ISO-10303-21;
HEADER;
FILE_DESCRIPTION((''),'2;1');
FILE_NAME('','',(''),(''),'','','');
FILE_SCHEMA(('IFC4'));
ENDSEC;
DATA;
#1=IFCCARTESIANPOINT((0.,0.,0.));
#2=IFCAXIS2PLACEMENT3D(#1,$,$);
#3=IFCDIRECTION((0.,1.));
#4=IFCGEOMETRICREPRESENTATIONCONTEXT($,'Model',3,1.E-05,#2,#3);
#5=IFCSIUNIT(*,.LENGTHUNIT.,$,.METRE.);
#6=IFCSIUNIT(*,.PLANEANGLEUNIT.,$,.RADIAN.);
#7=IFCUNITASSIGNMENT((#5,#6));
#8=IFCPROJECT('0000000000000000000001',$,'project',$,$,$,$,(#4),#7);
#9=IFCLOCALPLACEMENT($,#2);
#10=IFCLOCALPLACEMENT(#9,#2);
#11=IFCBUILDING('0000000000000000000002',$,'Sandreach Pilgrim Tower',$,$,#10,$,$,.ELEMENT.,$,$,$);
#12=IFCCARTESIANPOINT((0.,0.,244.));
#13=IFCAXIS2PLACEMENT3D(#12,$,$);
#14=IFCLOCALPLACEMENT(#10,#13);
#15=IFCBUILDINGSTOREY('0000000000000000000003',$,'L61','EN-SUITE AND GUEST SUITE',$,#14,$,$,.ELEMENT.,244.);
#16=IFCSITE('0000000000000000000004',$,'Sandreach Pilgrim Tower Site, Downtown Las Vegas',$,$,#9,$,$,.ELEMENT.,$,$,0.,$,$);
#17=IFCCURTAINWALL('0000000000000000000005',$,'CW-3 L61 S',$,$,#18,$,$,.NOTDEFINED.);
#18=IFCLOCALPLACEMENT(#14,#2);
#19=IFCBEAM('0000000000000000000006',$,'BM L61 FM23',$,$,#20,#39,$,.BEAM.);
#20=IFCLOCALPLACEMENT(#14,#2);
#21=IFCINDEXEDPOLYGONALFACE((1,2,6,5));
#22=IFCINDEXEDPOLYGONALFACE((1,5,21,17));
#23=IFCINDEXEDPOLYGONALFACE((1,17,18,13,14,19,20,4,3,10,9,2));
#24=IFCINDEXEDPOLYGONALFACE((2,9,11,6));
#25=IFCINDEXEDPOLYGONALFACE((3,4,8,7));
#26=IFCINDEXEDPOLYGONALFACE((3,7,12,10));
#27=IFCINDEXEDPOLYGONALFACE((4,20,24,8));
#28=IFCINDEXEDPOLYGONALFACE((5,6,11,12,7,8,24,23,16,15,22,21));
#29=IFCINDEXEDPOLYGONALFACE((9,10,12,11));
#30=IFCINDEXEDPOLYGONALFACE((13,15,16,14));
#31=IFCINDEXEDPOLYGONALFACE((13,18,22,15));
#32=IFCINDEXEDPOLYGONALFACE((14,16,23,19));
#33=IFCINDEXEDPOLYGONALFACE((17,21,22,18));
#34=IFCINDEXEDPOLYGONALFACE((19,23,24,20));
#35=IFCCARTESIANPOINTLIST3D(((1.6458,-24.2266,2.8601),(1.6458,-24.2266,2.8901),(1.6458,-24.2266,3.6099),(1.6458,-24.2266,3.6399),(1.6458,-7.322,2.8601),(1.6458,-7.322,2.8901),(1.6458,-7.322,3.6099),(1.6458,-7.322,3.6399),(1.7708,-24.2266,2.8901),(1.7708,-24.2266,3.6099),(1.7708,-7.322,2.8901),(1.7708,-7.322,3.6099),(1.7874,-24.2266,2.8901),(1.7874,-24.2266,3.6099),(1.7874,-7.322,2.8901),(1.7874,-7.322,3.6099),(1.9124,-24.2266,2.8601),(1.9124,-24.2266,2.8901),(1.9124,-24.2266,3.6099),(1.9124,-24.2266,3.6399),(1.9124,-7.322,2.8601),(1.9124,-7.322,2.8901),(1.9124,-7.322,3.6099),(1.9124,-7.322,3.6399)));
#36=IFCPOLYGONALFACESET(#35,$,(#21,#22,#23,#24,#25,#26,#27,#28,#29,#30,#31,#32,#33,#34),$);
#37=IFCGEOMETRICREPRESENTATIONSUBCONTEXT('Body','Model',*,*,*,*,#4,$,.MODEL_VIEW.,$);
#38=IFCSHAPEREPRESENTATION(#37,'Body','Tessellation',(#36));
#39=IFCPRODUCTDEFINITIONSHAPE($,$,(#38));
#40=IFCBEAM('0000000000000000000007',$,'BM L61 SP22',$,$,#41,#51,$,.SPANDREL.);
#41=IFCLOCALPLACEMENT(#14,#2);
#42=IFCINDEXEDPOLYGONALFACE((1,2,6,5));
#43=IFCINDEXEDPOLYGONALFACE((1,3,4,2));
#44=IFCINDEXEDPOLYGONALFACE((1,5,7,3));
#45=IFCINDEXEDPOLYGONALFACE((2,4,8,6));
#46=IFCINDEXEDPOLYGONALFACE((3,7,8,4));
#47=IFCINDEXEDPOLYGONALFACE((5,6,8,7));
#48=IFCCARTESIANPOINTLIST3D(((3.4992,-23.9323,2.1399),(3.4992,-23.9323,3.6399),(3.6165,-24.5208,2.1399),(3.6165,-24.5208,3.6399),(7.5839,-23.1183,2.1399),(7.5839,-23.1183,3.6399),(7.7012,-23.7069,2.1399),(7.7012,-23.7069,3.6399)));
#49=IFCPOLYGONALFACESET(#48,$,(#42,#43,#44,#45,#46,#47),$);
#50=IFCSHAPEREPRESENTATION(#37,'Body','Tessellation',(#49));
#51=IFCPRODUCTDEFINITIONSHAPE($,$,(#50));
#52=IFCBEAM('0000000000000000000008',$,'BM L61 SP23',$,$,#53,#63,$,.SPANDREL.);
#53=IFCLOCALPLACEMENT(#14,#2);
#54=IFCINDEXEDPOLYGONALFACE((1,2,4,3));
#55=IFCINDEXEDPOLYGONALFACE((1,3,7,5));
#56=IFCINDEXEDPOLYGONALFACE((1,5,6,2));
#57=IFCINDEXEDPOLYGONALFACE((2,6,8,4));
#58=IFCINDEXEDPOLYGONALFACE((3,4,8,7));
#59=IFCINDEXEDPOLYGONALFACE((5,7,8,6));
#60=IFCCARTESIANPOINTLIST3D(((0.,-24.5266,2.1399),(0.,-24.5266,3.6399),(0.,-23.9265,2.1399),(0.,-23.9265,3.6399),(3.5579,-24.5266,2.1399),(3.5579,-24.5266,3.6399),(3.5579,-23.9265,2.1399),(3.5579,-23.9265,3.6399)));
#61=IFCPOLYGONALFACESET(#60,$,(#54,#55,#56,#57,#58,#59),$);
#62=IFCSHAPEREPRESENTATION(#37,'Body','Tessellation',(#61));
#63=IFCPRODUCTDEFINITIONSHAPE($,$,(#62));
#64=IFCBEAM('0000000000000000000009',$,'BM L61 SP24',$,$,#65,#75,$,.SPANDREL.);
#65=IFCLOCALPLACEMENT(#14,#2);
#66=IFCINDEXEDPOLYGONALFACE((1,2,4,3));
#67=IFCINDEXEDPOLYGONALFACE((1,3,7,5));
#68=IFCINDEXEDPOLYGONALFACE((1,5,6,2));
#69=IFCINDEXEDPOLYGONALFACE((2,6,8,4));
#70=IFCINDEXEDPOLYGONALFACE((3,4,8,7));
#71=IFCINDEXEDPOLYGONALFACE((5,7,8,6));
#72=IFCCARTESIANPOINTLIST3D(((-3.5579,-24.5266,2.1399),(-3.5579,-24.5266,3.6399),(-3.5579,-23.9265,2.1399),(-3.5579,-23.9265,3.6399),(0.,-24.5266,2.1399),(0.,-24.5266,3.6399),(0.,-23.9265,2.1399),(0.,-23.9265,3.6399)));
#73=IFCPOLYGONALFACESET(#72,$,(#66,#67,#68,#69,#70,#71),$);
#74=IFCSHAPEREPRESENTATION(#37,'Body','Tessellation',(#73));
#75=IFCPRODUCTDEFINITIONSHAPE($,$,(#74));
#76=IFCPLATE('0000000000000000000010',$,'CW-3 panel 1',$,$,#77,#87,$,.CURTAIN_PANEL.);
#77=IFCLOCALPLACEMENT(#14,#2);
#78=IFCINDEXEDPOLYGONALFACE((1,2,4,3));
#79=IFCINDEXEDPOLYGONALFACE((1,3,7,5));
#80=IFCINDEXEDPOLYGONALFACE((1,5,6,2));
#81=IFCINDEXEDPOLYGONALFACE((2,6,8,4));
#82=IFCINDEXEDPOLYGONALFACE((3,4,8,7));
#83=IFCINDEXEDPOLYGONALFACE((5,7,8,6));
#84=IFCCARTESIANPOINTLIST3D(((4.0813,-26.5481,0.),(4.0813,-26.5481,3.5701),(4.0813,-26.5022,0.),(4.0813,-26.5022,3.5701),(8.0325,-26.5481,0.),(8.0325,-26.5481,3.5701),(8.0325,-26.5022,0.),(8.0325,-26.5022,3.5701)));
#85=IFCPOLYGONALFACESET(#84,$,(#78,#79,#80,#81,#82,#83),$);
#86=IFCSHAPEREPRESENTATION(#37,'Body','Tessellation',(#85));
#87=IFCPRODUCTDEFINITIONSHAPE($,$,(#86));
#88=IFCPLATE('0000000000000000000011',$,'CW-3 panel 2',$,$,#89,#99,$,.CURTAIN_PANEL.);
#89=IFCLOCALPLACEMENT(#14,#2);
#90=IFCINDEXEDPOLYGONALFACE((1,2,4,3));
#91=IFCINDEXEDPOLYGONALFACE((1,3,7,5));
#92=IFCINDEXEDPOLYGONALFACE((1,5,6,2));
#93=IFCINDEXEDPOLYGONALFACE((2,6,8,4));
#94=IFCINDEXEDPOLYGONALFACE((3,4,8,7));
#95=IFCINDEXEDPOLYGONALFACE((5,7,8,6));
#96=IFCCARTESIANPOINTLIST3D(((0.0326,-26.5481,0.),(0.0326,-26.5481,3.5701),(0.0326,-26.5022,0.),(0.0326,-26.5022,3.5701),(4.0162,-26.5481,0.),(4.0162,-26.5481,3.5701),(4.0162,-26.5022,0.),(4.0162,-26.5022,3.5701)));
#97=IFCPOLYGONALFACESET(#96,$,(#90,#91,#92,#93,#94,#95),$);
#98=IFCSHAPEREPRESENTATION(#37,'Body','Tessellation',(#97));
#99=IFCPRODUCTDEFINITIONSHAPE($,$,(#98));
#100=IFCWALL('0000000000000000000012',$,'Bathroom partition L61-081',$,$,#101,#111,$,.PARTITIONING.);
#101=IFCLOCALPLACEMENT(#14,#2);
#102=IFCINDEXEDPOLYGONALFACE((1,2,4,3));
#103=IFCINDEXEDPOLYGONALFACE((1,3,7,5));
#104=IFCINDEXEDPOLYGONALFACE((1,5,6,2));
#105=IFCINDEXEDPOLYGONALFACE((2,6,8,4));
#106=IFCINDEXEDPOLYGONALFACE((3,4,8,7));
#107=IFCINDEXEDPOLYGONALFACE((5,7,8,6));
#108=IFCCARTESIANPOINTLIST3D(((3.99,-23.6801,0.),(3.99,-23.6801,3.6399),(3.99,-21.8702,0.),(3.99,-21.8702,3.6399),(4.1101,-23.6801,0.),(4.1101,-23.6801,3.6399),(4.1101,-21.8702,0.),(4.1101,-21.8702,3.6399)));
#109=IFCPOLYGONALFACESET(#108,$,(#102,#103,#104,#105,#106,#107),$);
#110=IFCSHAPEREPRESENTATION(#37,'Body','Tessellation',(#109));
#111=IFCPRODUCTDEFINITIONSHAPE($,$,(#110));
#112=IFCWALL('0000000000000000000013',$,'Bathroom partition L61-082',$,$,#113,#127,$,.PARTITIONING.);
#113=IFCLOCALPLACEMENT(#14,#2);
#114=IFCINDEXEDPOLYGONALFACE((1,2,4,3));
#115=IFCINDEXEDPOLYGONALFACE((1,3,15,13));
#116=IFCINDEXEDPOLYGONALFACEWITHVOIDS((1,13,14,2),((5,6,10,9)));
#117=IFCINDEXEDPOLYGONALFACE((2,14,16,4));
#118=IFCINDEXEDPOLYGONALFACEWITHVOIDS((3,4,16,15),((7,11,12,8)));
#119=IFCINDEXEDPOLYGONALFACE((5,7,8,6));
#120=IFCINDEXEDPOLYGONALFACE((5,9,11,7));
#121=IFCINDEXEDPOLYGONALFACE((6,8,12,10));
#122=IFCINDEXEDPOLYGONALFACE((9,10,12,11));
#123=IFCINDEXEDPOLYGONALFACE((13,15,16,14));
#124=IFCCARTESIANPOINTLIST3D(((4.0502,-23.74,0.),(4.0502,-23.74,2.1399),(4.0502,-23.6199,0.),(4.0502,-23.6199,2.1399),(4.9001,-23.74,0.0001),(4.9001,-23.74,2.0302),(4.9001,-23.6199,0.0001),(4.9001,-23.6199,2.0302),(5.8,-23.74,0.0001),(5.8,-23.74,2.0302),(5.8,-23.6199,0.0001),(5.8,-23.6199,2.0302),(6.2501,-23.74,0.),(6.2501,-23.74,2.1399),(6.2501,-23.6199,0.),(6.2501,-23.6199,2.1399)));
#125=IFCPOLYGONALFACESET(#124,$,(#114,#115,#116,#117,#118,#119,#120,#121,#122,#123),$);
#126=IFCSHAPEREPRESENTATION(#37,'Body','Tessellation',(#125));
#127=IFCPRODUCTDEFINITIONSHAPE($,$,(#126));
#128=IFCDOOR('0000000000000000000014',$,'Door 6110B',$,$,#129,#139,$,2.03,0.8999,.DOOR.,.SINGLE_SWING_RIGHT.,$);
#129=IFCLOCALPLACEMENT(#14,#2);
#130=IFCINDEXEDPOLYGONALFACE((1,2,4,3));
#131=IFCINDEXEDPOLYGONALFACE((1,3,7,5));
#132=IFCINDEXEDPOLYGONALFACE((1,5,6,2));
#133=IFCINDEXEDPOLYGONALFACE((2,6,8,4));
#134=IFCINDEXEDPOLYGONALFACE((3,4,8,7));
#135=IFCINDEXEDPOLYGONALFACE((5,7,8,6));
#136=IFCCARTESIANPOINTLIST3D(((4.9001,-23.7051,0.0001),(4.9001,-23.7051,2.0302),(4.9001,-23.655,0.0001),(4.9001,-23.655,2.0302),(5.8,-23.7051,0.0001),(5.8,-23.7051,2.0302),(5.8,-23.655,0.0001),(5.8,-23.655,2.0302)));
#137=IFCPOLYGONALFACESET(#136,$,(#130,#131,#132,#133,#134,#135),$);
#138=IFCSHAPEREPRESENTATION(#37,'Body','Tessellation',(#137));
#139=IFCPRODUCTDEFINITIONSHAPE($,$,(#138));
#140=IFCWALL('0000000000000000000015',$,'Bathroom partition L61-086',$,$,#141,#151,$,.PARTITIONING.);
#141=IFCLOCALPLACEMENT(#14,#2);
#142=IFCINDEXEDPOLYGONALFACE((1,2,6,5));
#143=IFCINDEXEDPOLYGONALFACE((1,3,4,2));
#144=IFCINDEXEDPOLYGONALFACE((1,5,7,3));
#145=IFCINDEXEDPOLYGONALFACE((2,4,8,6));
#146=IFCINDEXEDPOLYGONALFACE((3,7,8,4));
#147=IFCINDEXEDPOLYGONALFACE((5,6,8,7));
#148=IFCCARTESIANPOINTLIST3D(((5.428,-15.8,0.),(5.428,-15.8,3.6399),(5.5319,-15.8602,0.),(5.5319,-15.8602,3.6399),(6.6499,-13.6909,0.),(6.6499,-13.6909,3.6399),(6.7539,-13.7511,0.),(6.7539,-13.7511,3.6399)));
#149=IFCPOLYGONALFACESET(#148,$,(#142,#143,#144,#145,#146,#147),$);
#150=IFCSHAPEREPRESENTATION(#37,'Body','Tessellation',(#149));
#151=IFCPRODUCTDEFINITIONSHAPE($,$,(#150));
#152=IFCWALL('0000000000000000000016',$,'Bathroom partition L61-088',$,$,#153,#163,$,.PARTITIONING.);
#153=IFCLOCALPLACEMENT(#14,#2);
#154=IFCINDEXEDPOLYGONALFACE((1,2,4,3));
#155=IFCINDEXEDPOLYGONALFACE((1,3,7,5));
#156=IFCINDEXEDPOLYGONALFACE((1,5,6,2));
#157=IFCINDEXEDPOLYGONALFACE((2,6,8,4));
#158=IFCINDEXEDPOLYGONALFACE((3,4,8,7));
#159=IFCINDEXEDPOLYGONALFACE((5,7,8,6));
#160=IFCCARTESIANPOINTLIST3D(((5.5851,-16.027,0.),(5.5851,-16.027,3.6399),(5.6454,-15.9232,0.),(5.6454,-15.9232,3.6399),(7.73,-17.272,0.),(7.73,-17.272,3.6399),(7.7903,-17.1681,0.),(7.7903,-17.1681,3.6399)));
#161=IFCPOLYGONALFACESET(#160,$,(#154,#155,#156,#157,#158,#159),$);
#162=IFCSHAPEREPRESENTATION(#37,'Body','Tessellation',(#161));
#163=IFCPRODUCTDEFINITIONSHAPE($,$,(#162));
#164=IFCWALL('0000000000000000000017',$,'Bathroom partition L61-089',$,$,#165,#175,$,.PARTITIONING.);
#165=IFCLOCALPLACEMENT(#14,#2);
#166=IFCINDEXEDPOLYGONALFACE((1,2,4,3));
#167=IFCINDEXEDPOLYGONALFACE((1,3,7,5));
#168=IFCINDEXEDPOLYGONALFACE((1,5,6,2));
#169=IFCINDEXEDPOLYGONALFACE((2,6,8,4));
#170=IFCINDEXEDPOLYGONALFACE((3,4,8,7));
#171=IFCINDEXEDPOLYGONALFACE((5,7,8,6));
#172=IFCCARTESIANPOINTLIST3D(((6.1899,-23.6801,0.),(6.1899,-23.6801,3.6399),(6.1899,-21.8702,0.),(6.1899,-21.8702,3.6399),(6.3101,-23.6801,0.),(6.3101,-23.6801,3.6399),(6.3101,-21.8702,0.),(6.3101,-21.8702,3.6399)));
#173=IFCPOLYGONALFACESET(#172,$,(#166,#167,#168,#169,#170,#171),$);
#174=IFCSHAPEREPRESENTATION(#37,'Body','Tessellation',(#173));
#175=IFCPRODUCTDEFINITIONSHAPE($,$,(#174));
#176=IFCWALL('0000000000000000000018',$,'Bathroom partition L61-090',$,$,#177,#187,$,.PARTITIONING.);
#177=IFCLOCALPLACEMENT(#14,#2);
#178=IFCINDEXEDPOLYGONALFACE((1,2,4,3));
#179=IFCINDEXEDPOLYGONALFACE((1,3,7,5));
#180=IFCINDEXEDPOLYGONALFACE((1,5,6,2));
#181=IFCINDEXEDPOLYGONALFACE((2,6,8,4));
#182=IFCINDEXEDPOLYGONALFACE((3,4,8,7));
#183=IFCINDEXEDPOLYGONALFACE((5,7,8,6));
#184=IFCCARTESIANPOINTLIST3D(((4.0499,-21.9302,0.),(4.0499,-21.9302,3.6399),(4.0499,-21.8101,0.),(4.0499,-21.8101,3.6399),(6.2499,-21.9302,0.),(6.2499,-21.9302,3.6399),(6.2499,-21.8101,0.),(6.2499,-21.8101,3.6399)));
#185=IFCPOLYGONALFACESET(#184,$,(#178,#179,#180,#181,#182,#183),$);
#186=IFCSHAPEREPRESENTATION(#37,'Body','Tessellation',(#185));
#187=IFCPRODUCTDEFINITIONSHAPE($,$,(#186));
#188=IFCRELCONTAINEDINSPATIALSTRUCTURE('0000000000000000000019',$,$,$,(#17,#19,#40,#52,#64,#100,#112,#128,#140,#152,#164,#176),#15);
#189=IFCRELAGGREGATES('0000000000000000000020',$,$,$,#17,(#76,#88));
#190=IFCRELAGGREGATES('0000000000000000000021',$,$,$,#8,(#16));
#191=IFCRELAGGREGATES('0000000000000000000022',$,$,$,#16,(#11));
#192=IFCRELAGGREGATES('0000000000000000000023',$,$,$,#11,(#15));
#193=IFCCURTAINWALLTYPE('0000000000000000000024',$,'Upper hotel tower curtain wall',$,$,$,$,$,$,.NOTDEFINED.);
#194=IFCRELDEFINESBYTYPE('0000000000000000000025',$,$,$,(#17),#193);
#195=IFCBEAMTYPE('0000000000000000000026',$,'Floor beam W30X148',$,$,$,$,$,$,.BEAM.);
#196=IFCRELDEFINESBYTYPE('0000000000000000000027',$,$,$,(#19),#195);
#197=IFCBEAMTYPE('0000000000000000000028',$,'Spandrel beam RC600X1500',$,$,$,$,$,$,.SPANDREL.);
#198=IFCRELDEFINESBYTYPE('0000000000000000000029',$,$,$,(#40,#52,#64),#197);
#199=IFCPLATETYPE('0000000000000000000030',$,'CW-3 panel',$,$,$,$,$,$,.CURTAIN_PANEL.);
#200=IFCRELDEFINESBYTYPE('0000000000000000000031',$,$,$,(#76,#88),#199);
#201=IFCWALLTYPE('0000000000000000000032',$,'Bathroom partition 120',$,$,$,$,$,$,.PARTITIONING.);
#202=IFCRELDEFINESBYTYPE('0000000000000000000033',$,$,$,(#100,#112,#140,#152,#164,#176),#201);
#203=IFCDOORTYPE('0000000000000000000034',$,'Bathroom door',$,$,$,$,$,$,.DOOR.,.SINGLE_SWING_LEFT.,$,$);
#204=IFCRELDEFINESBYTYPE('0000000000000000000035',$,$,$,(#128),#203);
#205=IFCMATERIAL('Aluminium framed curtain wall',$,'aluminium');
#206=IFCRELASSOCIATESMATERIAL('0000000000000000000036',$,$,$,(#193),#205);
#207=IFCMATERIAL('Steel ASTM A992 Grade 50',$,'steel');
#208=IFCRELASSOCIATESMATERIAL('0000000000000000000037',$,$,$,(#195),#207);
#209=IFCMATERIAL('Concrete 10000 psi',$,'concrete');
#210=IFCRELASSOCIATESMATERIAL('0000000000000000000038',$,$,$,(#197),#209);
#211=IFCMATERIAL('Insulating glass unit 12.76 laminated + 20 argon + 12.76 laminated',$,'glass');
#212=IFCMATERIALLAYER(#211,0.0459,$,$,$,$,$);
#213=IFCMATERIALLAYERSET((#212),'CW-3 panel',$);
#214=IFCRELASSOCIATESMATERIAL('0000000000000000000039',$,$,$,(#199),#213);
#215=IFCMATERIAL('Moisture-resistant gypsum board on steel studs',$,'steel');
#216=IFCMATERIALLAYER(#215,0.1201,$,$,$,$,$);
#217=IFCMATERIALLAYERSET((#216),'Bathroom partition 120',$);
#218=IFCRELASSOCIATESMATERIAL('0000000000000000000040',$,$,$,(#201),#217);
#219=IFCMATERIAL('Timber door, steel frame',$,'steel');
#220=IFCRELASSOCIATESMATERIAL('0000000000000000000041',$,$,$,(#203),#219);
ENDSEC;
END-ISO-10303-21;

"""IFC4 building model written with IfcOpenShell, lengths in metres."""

from ifc_helpers import new_model, si_unit, direction, frame, frame_2d, origin, origin_2d, place, context, subcontext, project, spatial, rectangle, i_section, extrude, material, layer, layer_set, material_profile, profile_set, type_object, element, fill, aggregate, save


model = new_model("IFC4")

# Units and contexts
model_context = context("Model", 3, precision=1e-05, world=origin(), true_north=direction((0.0, 1.0)))
body_context = subcontext(model_context, "Body", "Model", "MODEL_VIEW")
ifc_project = project(units=[si_unit("LENGTHUNIT", "METRE"), si_unit("PLANEANGLEUNIT", "RADIAN")], contexts=[model_context])

# Site, building, storey
site_placement = place(None, origin())
site = spatial("IfcSite", under=ifc_project, at=site_placement, Name="Sandreach Pilgrim Tower Site, Downtown Las Vegas", CompositionType="ELEMENT", RefElevation=0.0)
building_placement = place(site_placement, origin())
building = spatial("IfcBuilding", under=site, at=building_placement, Name="Sandreach Pilgrim Tower", CompositionType="ELEMENT")
storey_placement = place(building_placement, frame((0.0, 0.0, 244.0)))
storey = spatial("IfcBuildingStorey", under=building, at=storey_placement, Name="L61", Description="EN-SUITE AND GUEST SUITE", CompositionType="ELEMENT", Elevation=244.0)

# Curtain wall
ifc_material_1 = material(Name="Aluminium framed curtain wall", Category="aluminium")
curtain_wall_type = type_object("IfcCurtainWallType", Name="Upper hotel tower curtain wall", PredefinedType="NOTDEFINED", material=ifc_material_1)
curtain_wall_placement = place(storey_placement, origin())
curtain_wall = element("IfcCurtainWall", 1, at=curtain_wall_placement, inside=storey, type_object=curtain_wall_type, Name="CW-3 L61 S", PredefinedType="NOTDEFINED")

# Beams
ifc_material_2 = material(Name="Steel ASTM A992 Grade 50", Category="steel")
ifc_material_profile_1 = material_profile(ifc_material_2, i_section(OverallWidth=0.2666, OverallDepth=0.7798, WebThickness=0.0166, FlangeThickness=0.03, at=origin_2d()), Name="W30X148")
ifc_profile_set_1 = profile_set([ifc_material_profile_1], Name="Steel ASTM A992 Grade 50")
beam_type_1 = type_object("IfcBeamType", Name="Floor beam W30X148", PredefinedType="BEAM", material=ifc_profile_set_1)
beam_1_placement = place(storey_placement, frame((1.7791, -24.2266, 3.25), z_axis=(0.0, 1.0, 0.0), x_axis=(-1.0, 0.0, 0.0)))
element("IfcBeam", 2, at=beam_1_placement, inside=storey, type_object=beam_type_1, Name="BM L61 FM23", PredefinedType="BEAM", context=body_context, shape_type="SweptSolid", body=[
    extrude(i_section(OverallWidth=0.2666, OverallDepth=0.7798, WebThickness=0.0166, FlangeThickness=0.03, at=origin_2d()), origin(), (0.0, 0.0, 1.0), 16.9045),
])
ifc_material_3 = material(Name="Concrete 10000 psi", Category="concrete")
ifc_material_profile_2 = material_profile(ifc_material_3, rectangle(XDim=0.6001, YDim=1.5, at=origin_2d()), Name="RC600X1500")
ifc_profile_set_2 = profile_set([ifc_material_profile_2], Name="Concrete 10000 psi")
beam_type_2 = type_object("IfcBeamType", Name="Spandrel beam RC600X1500", PredefinedType="SPANDREL", material=ifc_profile_set_2)
beam_2_placement = place(storey_placement, frame((7.6426, -23.4126, 2.8899), z_axis=(-0.980718, -0.195428, 0.0), x_axis=(0.195428, -0.980718, 0.0)))
element("IfcBeam", 3, at=beam_2_placement, inside=storey, type_object=beam_type_2, Name="BM L61 SP22", PredefinedType="SPANDREL", context=body_context, shape_type="SweptSolid", body=[
    extrude(rectangle(XDim=0.6001, YDim=1.5, at=origin_2d()), origin(), (0.0, 0.0, 1.0), 4.165),
])
for number, where, z_axis, x_axis, name in (
    (4, (3.5579, -24.2266, 2.8899), (-1.0, 0.0, 0.0), (0.0, -1.0, 0.0), "BM L61 SP23"),
    (5, (0.0, -24.2266, 2.8899), (-1.0, 0.0, 0.0), (0.0, -1.0, 0.0), "BM L61 SP24"),
):
    element("IfcBeam", number, at=place(storey_placement, frame(where, z_axis=z_axis, x_axis=x_axis)), inside=storey, type_object=beam_type_2, Name=name, PredefinedType="SPANDREL", context=body_context, shape_type="SweptSolid", body=[
        extrude(rectangle(XDim=0.6001, YDim=1.5, at=origin_2d()), origin(), (0.0, 0.0, 1.0), 3.5579),
    ])

# Plates
ifc_material_4 = material(Name="Insulating glass unit 12.76 laminated + 20 argon + 12.76 laminated", Category="glass")
ifc_layer_1 = layer(ifc_material_4, 0.0459)
ifc_layer_set_1 = layer_set([ifc_layer_1], Name="CW-3 panel")
plate_type = type_object("IfcPlateType", Name="CW-3 panel", PredefinedType="CURTAIN_PANEL", material=ifc_layer_set_1)
plate_1_placement = place(storey_placement, frame((6.0569, -26.5251, 0.0), z_axis=(0.0, 0.0, 1.0), x_axis=(-1.0, 0.0, 0.0)))
plate_1 = element("IfcPlate", 6, at=plate_1_placement, type_object=plate_type, Name="CW-3 panel 1", PredefinedType="CURTAIN_PANEL", context=body_context, shape_type="SweptSolid", body=[
    extrude(rectangle(XDim=3.9512, YDim=0.0459, at=origin_2d()), origin(), (0.0, 0.0, 1.0), 3.5701),
])
plate_2_placement = place(storey_placement, frame((2.0244, -26.5251, 0.0), z_axis=(0.0, 0.0, 1.0), x_axis=(-1.0, 0.0, 0.0)))
plate_2 = element("IfcPlate", 7, at=plate_2_placement, type_object=plate_type, Name="CW-3 panel 2", PredefinedType="CURTAIN_PANEL", context=body_context, shape_type="SweptSolid", body=[
    extrude(rectangle(XDim=3.9836, YDim=0.0459, at=origin_2d()), origin(), (0.0, 0.0, 1.0), 3.5701),
])
aggregate(curtain_wall, [plate_1, plate_2])

# Wall
ifc_material_5 = material(Name="Moisture-resistant gypsum board on steel studs", Category="steel")
ifc_layer_2 = layer(ifc_material_5, 0.1201)
ifc_layer_set_2 = layer_set([ifc_layer_2], Name="Bathroom partition 120")
wall_type_1 = type_object("IfcWallType", Name="Bathroom partition 120", PredefinedType="PARTITIONING", material=ifc_layer_set_2)
wall_1_placement = place(storey_placement, frame((4.05, -23.6799, 0.0), z_axis=(0.0, 0.0, 1.0), x_axis=(0.0, 1.0, 0.0)))
element("IfcWall", 8, at=wall_1_placement, inside=storey, type_object=wall_type_1, Name="Bathroom partition L61-081", PredefinedType="PARTITIONING", context=body_context, shape_type="SweptSolid", body=[
    extrude(rectangle(XDim=1.8098, YDim=0.1201, at=frame_2d((0.9048, 0.0))), origin(), (0.0, 0.0, 1.0), 3.6399),
])

# Wall, opening, door
wall_2_placement = place(storey_placement, frame((4.05, -23.6799, 0.0), z_axis=(0.0, 0.0, 1.0), x_axis=(1.0, 0.0, 0.0)))
wall_2 = element("IfcWall", 9, at=wall_2_placement, inside=storey, type_object=wall_type_1, Name="Bathroom partition L61-082", PredefinedType="PARTITIONING", context=body_context, shape_type="SweptSolid", body=[
    extrude(rectangle(XDim=2.2, YDim=0.1201, at=frame_2d((1.1001, 0.0))), origin(), (0.0, 0.0, 1.0), 2.1399),
])
opening_1_placement = place(wall_2_placement, frame((0.8501, 0.0, 0.0)))
opening_1 = element("IfcOpeningElement", 10, at=opening_1_placement, cuts=wall_2, PredefinedType="OPENING", context=body_context, shape_type="SweptSolid", body=[
    extrude(rectangle(XDim=0.8999, YDim=2.03, at=frame_2d((0.45, 1.0151))), frame((0.0, 0.0601, 0.0), z_axis=(0.0, -1.0, 0.0), x_axis=(1.0, 0.0, 0.0)), (0.0, 0.0, 1.0), 0.1201),
])
ifc_material_6 = material(Name="Timber door, steel frame", Category="steel")
door_type_1 = type_object("IfcDoorType", Name="Bathroom door", OperationType="SINGLE_SWING_LEFT", PredefinedType="DOOR", material=ifc_material_6)
door_1_placement = place(opening_1_placement, origin())
door_1 = element("IfcDoor", 11, at=door_1_placement, inside=storey, type_object=door_type_1, Name="Door 6110B", OperationType="SINGLE_SWING_RIGHT", OverallHeight=2.03, OverallWidth=0.8999, PredefinedType="DOOR", context=body_context, shape_type="SweptSolid", body=[
    extrude(rectangle(XDim=0.8999, YDim=2.03, at=frame_2d((0.45, 1.0151))), frame((0.0, 0.0249, 0.0), z_axis=(0.0, -1.0, 0.0), x_axis=(1.0, 0.0, 0.0)), (0.0, 0.0, 1.0), 0.05),
])
fill(opening_1, door_1)

# Walls
wall_3_placement = place(storey_placement, frame((5.48, -15.8301, 0.0), z_axis=(0.0, 0.0, 1.0), x_axis=(0.501297, 0.865275, 0.0)))
element("IfcWall", 12, at=wall_3_placement, inside=storey, type_object=wall_type_1, Name="Bathroom partition L61-086", PredefinedType="PARTITIONING", context=body_context, shape_type="SweptSolid", body=[
    extrude(rectangle(XDim=2.4375, YDim=0.1201, at=frame_2d((1.2188, 0.0))), origin(), (0.0, 0.0, 1.0), 3.6399),
])
wall_4_placement = place(storey_placement, frame((5.6152, -15.9751, 0.0), z_axis=(0.0, 0.0, 1.0), x_axis=(0.864873, -0.501991, 0.0)))
element("IfcWall", 13, at=wall_4_placement, inside=storey, type_object=wall_type_1, Name="Bathroom partition L61-088", PredefinedType="PARTITIONING", context=body_context, shape_type="SweptSolid", body=[
    extrude(rectangle(XDim=2.48, YDim=0.1201, at=frame_2d((1.24, 0.0))), origin(), (0.0, 0.0, 1.0), 3.6399),
])
wall_5_placement = place(storey_placement, frame((6.25, -23.6799, 0.0), z_axis=(0.0, 0.0, 1.0), x_axis=(0.0, 1.0, 0.0)))
element("IfcWall", 14, at=wall_5_placement, inside=storey, type_object=wall_type_1, Name="Bathroom partition L61-089", PredefinedType="PARTITIONING", context=body_context, shape_type="SweptSolid", body=[
    extrude(rectangle(XDim=1.8098, YDim=0.1201, at=frame_2d((0.9048, 0.0))), origin(), (0.0, 0.0, 1.0), 3.6399),
])
wall_6_placement = place(storey_placement, frame((6.25, -21.8701, 0.0), z_axis=(0.0, 0.0, 1.0), x_axis=(-1.0, 0.0, 0.0)))
element("IfcWall", 15, at=wall_6_placement, inside=storey, type_object=wall_type_1, Name="Bathroom partition L61-090", PredefinedType="PARTITIONING", context=body_context, shape_type="SweptSolid", body=[
    extrude(rectangle(XDim=2.2, YDim=0.1201, at=frame_2d((1.1001, 0.0))), origin(), (0.0, 0.0, 1.0), 3.6399),
])

save(model, "model.ifc")
